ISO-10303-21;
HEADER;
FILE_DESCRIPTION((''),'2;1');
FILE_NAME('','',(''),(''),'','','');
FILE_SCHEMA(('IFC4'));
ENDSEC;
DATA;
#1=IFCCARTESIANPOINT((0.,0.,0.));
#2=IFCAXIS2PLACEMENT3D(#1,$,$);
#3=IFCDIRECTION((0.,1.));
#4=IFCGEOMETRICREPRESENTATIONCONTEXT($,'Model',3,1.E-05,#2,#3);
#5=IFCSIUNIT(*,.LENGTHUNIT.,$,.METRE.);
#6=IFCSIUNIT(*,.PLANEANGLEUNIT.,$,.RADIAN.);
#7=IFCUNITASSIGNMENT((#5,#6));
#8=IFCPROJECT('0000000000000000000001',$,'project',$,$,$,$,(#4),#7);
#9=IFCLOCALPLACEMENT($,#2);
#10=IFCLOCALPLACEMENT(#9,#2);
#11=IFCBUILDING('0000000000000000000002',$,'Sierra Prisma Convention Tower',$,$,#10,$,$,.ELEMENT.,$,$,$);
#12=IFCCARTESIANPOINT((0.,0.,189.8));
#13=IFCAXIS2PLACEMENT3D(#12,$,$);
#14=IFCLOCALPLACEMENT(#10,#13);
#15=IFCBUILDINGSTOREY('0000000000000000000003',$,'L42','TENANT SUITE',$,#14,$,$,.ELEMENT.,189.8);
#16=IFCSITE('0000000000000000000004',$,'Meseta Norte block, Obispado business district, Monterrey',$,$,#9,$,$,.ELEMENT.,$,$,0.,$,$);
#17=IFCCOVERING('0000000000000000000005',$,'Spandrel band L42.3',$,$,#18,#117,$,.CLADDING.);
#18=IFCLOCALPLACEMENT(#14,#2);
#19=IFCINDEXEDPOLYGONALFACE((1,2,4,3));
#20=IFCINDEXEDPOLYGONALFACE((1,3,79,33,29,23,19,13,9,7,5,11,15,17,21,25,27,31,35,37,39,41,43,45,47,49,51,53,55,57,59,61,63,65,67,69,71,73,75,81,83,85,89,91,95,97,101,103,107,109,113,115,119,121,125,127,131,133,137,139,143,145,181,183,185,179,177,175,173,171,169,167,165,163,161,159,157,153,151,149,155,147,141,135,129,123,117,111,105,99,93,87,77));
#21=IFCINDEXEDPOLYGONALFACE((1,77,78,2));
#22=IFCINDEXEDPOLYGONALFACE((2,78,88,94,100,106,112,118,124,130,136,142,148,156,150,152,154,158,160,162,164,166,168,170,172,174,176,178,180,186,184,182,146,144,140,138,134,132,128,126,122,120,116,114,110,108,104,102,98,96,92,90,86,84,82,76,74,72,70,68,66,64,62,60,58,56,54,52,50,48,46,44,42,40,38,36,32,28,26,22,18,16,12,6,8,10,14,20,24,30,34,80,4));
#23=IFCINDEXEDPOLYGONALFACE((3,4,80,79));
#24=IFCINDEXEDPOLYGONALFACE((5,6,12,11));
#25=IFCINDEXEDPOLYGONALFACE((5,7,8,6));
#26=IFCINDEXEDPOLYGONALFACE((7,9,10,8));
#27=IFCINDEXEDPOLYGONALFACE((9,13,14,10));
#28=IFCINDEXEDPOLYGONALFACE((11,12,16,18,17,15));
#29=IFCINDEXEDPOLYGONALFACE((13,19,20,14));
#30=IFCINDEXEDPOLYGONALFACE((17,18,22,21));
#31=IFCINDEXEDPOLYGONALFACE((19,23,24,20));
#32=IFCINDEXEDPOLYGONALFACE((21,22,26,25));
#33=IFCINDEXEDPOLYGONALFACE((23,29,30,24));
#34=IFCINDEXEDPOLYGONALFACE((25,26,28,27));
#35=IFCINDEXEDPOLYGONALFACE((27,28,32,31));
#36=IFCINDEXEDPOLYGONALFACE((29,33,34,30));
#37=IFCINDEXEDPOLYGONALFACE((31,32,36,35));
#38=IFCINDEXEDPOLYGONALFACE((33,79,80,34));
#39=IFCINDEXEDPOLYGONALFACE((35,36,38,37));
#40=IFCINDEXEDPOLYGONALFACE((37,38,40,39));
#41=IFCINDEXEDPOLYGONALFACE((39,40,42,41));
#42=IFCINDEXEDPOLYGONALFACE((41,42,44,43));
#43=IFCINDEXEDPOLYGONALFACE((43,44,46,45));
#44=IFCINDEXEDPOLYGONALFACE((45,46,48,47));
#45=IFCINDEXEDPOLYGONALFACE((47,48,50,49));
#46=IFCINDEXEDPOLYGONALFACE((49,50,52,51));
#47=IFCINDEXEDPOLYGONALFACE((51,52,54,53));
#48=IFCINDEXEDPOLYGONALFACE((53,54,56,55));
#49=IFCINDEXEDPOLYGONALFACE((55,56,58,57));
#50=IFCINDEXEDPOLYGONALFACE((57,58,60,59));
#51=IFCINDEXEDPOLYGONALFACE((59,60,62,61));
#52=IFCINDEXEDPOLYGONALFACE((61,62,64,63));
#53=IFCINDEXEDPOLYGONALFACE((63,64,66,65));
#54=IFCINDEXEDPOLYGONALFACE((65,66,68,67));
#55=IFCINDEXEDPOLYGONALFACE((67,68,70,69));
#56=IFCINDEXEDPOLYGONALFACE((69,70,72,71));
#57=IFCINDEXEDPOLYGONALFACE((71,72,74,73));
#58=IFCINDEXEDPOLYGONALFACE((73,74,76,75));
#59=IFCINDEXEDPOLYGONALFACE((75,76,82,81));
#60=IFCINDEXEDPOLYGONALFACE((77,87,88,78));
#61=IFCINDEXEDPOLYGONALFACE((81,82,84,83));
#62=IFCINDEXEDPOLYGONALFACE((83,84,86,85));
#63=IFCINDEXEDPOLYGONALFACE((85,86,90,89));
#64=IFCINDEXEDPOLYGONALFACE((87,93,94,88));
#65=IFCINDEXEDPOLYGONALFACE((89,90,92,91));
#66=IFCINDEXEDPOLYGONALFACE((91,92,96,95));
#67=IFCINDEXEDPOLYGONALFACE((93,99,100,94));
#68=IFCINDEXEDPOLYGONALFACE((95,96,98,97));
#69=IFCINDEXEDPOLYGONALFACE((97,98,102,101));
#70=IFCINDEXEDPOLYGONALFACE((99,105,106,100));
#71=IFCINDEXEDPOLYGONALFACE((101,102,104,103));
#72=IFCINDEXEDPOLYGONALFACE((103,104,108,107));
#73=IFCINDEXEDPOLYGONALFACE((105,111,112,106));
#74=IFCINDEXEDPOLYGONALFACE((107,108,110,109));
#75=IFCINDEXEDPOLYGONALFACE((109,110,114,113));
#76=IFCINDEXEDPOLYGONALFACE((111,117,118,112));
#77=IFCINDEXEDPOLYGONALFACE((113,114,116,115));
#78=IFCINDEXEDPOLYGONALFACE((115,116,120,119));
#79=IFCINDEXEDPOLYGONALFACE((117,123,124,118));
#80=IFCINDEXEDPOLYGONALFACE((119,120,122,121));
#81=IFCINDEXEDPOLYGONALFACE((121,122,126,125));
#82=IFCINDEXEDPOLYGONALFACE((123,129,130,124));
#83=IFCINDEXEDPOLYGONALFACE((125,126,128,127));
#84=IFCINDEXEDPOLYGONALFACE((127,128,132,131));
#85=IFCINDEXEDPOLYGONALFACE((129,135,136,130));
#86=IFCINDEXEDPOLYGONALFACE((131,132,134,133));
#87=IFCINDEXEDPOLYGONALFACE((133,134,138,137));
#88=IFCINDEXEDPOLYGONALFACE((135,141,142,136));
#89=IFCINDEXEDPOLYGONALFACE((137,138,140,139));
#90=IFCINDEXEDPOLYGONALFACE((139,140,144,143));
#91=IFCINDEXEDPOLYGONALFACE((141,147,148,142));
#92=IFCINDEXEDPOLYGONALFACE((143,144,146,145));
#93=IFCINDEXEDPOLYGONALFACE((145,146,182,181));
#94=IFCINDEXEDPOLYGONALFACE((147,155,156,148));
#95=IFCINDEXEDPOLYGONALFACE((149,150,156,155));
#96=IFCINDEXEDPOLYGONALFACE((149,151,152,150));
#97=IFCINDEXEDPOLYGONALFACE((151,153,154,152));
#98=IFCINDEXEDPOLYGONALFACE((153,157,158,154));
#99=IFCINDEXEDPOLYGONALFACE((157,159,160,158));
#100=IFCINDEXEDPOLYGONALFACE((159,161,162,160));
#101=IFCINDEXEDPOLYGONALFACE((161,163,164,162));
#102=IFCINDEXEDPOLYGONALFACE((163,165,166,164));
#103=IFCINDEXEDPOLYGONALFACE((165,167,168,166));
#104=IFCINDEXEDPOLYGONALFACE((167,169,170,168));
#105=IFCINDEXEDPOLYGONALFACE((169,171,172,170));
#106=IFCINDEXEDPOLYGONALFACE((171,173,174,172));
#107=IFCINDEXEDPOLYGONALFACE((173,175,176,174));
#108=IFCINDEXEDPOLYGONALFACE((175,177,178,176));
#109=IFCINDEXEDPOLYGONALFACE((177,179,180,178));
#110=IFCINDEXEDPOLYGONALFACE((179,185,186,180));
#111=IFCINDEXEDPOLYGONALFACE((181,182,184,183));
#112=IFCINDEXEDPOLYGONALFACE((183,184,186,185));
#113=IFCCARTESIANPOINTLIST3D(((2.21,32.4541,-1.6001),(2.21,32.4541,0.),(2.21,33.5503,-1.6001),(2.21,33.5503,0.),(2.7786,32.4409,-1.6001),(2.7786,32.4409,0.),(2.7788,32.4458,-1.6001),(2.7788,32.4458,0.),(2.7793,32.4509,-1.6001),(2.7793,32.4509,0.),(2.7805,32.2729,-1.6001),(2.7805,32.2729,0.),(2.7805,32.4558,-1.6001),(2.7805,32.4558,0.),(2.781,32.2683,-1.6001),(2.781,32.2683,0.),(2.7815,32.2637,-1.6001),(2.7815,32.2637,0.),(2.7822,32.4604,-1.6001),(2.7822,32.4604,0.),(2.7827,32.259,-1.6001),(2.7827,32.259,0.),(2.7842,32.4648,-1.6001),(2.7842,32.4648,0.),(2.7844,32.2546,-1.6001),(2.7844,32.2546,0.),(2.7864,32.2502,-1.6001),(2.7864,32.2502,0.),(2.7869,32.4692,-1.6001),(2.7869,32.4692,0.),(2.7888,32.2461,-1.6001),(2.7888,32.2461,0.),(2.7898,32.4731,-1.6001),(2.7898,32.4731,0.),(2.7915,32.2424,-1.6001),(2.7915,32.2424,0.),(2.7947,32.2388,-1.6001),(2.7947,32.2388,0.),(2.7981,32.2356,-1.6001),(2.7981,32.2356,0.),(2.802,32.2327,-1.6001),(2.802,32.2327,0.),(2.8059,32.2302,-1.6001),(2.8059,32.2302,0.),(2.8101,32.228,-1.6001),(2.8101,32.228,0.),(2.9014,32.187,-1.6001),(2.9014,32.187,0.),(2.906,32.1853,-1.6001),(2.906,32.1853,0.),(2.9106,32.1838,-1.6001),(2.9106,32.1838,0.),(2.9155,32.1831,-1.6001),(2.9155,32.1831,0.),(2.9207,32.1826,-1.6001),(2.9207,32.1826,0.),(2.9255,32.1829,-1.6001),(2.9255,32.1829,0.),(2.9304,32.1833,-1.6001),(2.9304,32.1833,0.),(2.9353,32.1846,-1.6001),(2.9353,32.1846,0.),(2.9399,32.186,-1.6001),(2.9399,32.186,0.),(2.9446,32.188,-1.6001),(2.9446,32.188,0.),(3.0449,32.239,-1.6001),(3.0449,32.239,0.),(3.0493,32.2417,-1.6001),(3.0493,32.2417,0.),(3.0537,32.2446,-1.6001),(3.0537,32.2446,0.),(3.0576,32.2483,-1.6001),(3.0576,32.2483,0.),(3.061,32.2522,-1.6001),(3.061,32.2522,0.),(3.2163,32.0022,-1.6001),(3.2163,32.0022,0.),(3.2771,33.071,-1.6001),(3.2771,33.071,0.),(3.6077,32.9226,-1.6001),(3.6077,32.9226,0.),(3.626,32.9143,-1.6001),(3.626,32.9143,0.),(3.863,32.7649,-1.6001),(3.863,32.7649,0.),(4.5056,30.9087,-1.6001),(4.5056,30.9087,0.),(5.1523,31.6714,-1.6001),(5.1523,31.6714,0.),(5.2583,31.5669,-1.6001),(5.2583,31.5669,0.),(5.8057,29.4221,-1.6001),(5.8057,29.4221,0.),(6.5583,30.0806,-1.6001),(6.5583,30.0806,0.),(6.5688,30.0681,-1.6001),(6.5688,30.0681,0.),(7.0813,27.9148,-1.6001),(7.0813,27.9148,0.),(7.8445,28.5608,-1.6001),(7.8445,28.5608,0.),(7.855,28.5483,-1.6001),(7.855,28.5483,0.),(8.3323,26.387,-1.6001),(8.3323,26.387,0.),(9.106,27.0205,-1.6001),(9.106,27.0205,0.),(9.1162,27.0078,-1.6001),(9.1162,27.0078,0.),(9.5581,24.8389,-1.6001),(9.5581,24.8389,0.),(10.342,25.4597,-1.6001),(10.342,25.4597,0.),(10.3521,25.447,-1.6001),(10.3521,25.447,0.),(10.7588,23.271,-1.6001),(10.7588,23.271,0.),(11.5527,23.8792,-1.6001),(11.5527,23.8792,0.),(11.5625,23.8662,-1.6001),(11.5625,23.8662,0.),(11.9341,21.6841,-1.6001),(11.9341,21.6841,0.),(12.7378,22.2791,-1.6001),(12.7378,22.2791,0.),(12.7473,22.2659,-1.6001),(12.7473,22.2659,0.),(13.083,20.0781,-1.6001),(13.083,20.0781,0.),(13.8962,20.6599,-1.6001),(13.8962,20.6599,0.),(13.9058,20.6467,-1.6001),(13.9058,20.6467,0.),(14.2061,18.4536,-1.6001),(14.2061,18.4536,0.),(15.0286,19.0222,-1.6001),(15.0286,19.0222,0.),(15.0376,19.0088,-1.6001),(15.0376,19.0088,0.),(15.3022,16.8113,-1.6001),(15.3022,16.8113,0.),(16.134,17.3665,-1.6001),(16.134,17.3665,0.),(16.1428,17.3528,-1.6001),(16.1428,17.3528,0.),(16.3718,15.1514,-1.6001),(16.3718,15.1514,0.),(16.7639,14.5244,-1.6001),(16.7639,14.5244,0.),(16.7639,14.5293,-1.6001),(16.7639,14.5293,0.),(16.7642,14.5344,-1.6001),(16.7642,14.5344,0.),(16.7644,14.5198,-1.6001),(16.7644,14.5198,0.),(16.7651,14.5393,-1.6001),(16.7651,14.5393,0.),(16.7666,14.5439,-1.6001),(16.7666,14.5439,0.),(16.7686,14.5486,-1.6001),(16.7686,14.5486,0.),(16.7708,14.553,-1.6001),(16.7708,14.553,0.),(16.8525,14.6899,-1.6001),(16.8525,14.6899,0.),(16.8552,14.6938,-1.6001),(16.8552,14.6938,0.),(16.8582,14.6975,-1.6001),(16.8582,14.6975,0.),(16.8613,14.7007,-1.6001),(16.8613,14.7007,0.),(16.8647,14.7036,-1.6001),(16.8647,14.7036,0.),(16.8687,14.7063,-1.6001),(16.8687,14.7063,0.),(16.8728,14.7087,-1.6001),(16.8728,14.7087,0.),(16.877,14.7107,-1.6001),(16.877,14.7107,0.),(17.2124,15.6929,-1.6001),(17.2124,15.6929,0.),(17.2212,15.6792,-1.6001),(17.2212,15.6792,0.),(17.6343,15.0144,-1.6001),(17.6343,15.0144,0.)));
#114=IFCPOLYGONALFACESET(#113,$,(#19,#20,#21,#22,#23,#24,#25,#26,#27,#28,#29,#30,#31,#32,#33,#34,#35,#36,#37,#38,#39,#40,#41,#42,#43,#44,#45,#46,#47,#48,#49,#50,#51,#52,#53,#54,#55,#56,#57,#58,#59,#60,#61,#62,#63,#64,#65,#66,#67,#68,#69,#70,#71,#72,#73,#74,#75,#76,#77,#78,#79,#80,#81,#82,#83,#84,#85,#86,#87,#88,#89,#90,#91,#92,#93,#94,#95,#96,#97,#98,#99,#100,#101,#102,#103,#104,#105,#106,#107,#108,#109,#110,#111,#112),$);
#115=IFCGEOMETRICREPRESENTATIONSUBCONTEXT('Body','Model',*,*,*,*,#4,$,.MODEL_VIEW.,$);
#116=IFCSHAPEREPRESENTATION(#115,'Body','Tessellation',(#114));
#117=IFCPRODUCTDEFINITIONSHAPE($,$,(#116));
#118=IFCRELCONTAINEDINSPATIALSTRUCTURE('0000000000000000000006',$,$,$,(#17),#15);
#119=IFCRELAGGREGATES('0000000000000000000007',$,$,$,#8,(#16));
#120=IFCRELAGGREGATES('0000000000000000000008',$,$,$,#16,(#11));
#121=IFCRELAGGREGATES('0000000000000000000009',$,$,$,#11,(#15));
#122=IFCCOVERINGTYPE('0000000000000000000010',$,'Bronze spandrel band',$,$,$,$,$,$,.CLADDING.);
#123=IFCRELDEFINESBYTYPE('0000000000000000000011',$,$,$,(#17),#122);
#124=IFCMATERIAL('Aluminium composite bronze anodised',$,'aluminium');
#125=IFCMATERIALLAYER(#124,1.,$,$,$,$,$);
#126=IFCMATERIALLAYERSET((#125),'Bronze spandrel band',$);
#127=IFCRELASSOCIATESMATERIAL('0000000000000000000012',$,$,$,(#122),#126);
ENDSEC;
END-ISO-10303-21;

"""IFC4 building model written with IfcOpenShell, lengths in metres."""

from ifc_helpers import new_model, si_unit, direction, frame, origin, place, context, subcontext, project, spatial, polyline, outline, extrude, material, layer, layer_set, type_object, element, save


model = new_model("IFC4")

# Units and contexts
model_context = context("Model", 3, precision=1e-05, world=origin(), true_north=direction((0.0, 1.0)))
body_context = subcontext(model_context, "Body", "Model", "MODEL_VIEW")
ifc_project = project(units=[si_unit("LENGTHUNIT", "METRE"), si_unit("PLANEANGLEUNIT", "RADIAN")], contexts=[model_context])

# Site, building, storey
site_placement = place(None, origin())
site = spatial("IfcSite", under=ifc_project, at=site_placement, Name="Meseta Norte block, Obispado business district, Monterrey", CompositionType="ELEMENT", RefElevation=0.0)
building_placement = place(site_placement, origin())
building = spatial("IfcBuilding", under=site, at=building_placement, Name="Sierra Prisma Convention Tower", CompositionType="ELEMENT")
storey_placement = place(building_placement, frame((0.0, 0.0, 189.8)))
storey = spatial("IfcBuildingStorey", under=building, at=storey_placement, Name="L42", Description="TENANT SUITE", CompositionType="ELEMENT", Elevation=189.8)

# Covering
ifc_material_1 = material(Name="Aluminium composite bronze anodised", Category="aluminium")
ifc_layer_1 = layer(ifc_material_1, 1.0)
ifc_layer_set_1 = layer_set([ifc_layer_1], Name="Bronze spandrel band")
covering_type_1 = type_object("IfcCoveringType", Name="Bronze spandrel band", PredefinedType="CLADDING", material=ifc_layer_set_1)
covering_1_placement = place(storey_placement, frame((0.0, 0.0, -1.6001)))
element("IfcCovering", 1, at=covering_1_placement, inside=storey, type_object=covering_type_1, Name="Spandrel band L42.3", PredefinedType="CLADDING", context=body_context, shape_type="SweptSolid", body=[
    extrude(outline(polyline([(2.7869, 32.4692), (2.7842, 32.4648), (2.7822, 32.4604), (2.7805, 32.4558), (2.7793, 32.4509), (2.7788, 32.4458), (2.7786, 32.4409), (2.7805, 32.2729), (2.781, 32.2683), (2.7815, 32.2637), (2.7827, 32.259), (2.7844, 32.2546), (2.7864, 32.2502), (2.7888, 32.2461), (2.7915, 32.2424), (2.7947, 32.2388), (2.7981, 32.2356), (2.802, 32.2327), (2.8059, 32.2302), (2.8101, 32.228), (2.9014, 32.187), (2.906, 32.1853), (2.9106, 32.1838), (2.9155, 32.1831), (2.9207, 32.1826), (2.9255, 32.1829), (2.9304, 32.1833), (2.9353, 32.1846), (2.9399, 32.186), (2.9446, 32.188), (3.0449, 32.239), (3.0493, 32.2417), (3.0537, 32.2446), (3.0576, 32.2483), (3.061, 32.2522), (3.6077, 32.9226), (3.626, 32.9143), (3.863, 32.7649), (5.1523, 31.6714), (5.2583, 31.5669), (6.5583, 30.0806), (6.5688, 30.0681), (7.8445, 28.5608), (7.855, 28.5483), (9.106, 27.0205), (9.1162, 27.0078), (10.342, 25.4597), (10.3521, 25.447), (11.5527, 23.8792), (11.5625, 23.8662), (12.7378, 22.2791), (12.7473, 22.2659), (13.8962, 20.6599), (13.9058, 20.6467), (15.0286, 19.0222), (15.0376, 19.0088), (16.134, 17.3665), (16.1428, 17.3528), (17.2124, 15.6929), (17.2212, 15.6792), (17.6343, 15.0144), (16.877, 14.7107), (16.8728, 14.7087), (16.8687, 14.7063), (16.8647, 14.7036), (16.8613, 14.7007), (16.8582, 14.6975), (16.8552, 14.6938), (16.8525, 14.6899), (16.7708, 14.553), (16.7686, 14.5486), (16.7666, 14.5439), (16.7651, 14.5393), (16.7642, 14.5344), (16.7639, 14.5293), (16.7639, 14.5244), (16.7644, 14.5198), (16.3718, 15.1514), (15.3022, 16.8113), (14.2061, 18.4536), (13.083, 20.0781), (11.9341, 21.6841), (10.7588, 23.271), (9.5581, 24.8389), (8.3323, 26.387), (7.0813, 27.9148), (5.8057, 29.4221), (4.5056, 30.9087), (3.2163, 32.0022), (2.21, 32.4541), (2.21, 33.5503), (3.2771, 33.071), (2.7898, 32.4731), (2.7869, 32.4692)])), origin(), (0.0, 0.0, 1.0), 1.6001),
])

save(model, "model.ifc")
